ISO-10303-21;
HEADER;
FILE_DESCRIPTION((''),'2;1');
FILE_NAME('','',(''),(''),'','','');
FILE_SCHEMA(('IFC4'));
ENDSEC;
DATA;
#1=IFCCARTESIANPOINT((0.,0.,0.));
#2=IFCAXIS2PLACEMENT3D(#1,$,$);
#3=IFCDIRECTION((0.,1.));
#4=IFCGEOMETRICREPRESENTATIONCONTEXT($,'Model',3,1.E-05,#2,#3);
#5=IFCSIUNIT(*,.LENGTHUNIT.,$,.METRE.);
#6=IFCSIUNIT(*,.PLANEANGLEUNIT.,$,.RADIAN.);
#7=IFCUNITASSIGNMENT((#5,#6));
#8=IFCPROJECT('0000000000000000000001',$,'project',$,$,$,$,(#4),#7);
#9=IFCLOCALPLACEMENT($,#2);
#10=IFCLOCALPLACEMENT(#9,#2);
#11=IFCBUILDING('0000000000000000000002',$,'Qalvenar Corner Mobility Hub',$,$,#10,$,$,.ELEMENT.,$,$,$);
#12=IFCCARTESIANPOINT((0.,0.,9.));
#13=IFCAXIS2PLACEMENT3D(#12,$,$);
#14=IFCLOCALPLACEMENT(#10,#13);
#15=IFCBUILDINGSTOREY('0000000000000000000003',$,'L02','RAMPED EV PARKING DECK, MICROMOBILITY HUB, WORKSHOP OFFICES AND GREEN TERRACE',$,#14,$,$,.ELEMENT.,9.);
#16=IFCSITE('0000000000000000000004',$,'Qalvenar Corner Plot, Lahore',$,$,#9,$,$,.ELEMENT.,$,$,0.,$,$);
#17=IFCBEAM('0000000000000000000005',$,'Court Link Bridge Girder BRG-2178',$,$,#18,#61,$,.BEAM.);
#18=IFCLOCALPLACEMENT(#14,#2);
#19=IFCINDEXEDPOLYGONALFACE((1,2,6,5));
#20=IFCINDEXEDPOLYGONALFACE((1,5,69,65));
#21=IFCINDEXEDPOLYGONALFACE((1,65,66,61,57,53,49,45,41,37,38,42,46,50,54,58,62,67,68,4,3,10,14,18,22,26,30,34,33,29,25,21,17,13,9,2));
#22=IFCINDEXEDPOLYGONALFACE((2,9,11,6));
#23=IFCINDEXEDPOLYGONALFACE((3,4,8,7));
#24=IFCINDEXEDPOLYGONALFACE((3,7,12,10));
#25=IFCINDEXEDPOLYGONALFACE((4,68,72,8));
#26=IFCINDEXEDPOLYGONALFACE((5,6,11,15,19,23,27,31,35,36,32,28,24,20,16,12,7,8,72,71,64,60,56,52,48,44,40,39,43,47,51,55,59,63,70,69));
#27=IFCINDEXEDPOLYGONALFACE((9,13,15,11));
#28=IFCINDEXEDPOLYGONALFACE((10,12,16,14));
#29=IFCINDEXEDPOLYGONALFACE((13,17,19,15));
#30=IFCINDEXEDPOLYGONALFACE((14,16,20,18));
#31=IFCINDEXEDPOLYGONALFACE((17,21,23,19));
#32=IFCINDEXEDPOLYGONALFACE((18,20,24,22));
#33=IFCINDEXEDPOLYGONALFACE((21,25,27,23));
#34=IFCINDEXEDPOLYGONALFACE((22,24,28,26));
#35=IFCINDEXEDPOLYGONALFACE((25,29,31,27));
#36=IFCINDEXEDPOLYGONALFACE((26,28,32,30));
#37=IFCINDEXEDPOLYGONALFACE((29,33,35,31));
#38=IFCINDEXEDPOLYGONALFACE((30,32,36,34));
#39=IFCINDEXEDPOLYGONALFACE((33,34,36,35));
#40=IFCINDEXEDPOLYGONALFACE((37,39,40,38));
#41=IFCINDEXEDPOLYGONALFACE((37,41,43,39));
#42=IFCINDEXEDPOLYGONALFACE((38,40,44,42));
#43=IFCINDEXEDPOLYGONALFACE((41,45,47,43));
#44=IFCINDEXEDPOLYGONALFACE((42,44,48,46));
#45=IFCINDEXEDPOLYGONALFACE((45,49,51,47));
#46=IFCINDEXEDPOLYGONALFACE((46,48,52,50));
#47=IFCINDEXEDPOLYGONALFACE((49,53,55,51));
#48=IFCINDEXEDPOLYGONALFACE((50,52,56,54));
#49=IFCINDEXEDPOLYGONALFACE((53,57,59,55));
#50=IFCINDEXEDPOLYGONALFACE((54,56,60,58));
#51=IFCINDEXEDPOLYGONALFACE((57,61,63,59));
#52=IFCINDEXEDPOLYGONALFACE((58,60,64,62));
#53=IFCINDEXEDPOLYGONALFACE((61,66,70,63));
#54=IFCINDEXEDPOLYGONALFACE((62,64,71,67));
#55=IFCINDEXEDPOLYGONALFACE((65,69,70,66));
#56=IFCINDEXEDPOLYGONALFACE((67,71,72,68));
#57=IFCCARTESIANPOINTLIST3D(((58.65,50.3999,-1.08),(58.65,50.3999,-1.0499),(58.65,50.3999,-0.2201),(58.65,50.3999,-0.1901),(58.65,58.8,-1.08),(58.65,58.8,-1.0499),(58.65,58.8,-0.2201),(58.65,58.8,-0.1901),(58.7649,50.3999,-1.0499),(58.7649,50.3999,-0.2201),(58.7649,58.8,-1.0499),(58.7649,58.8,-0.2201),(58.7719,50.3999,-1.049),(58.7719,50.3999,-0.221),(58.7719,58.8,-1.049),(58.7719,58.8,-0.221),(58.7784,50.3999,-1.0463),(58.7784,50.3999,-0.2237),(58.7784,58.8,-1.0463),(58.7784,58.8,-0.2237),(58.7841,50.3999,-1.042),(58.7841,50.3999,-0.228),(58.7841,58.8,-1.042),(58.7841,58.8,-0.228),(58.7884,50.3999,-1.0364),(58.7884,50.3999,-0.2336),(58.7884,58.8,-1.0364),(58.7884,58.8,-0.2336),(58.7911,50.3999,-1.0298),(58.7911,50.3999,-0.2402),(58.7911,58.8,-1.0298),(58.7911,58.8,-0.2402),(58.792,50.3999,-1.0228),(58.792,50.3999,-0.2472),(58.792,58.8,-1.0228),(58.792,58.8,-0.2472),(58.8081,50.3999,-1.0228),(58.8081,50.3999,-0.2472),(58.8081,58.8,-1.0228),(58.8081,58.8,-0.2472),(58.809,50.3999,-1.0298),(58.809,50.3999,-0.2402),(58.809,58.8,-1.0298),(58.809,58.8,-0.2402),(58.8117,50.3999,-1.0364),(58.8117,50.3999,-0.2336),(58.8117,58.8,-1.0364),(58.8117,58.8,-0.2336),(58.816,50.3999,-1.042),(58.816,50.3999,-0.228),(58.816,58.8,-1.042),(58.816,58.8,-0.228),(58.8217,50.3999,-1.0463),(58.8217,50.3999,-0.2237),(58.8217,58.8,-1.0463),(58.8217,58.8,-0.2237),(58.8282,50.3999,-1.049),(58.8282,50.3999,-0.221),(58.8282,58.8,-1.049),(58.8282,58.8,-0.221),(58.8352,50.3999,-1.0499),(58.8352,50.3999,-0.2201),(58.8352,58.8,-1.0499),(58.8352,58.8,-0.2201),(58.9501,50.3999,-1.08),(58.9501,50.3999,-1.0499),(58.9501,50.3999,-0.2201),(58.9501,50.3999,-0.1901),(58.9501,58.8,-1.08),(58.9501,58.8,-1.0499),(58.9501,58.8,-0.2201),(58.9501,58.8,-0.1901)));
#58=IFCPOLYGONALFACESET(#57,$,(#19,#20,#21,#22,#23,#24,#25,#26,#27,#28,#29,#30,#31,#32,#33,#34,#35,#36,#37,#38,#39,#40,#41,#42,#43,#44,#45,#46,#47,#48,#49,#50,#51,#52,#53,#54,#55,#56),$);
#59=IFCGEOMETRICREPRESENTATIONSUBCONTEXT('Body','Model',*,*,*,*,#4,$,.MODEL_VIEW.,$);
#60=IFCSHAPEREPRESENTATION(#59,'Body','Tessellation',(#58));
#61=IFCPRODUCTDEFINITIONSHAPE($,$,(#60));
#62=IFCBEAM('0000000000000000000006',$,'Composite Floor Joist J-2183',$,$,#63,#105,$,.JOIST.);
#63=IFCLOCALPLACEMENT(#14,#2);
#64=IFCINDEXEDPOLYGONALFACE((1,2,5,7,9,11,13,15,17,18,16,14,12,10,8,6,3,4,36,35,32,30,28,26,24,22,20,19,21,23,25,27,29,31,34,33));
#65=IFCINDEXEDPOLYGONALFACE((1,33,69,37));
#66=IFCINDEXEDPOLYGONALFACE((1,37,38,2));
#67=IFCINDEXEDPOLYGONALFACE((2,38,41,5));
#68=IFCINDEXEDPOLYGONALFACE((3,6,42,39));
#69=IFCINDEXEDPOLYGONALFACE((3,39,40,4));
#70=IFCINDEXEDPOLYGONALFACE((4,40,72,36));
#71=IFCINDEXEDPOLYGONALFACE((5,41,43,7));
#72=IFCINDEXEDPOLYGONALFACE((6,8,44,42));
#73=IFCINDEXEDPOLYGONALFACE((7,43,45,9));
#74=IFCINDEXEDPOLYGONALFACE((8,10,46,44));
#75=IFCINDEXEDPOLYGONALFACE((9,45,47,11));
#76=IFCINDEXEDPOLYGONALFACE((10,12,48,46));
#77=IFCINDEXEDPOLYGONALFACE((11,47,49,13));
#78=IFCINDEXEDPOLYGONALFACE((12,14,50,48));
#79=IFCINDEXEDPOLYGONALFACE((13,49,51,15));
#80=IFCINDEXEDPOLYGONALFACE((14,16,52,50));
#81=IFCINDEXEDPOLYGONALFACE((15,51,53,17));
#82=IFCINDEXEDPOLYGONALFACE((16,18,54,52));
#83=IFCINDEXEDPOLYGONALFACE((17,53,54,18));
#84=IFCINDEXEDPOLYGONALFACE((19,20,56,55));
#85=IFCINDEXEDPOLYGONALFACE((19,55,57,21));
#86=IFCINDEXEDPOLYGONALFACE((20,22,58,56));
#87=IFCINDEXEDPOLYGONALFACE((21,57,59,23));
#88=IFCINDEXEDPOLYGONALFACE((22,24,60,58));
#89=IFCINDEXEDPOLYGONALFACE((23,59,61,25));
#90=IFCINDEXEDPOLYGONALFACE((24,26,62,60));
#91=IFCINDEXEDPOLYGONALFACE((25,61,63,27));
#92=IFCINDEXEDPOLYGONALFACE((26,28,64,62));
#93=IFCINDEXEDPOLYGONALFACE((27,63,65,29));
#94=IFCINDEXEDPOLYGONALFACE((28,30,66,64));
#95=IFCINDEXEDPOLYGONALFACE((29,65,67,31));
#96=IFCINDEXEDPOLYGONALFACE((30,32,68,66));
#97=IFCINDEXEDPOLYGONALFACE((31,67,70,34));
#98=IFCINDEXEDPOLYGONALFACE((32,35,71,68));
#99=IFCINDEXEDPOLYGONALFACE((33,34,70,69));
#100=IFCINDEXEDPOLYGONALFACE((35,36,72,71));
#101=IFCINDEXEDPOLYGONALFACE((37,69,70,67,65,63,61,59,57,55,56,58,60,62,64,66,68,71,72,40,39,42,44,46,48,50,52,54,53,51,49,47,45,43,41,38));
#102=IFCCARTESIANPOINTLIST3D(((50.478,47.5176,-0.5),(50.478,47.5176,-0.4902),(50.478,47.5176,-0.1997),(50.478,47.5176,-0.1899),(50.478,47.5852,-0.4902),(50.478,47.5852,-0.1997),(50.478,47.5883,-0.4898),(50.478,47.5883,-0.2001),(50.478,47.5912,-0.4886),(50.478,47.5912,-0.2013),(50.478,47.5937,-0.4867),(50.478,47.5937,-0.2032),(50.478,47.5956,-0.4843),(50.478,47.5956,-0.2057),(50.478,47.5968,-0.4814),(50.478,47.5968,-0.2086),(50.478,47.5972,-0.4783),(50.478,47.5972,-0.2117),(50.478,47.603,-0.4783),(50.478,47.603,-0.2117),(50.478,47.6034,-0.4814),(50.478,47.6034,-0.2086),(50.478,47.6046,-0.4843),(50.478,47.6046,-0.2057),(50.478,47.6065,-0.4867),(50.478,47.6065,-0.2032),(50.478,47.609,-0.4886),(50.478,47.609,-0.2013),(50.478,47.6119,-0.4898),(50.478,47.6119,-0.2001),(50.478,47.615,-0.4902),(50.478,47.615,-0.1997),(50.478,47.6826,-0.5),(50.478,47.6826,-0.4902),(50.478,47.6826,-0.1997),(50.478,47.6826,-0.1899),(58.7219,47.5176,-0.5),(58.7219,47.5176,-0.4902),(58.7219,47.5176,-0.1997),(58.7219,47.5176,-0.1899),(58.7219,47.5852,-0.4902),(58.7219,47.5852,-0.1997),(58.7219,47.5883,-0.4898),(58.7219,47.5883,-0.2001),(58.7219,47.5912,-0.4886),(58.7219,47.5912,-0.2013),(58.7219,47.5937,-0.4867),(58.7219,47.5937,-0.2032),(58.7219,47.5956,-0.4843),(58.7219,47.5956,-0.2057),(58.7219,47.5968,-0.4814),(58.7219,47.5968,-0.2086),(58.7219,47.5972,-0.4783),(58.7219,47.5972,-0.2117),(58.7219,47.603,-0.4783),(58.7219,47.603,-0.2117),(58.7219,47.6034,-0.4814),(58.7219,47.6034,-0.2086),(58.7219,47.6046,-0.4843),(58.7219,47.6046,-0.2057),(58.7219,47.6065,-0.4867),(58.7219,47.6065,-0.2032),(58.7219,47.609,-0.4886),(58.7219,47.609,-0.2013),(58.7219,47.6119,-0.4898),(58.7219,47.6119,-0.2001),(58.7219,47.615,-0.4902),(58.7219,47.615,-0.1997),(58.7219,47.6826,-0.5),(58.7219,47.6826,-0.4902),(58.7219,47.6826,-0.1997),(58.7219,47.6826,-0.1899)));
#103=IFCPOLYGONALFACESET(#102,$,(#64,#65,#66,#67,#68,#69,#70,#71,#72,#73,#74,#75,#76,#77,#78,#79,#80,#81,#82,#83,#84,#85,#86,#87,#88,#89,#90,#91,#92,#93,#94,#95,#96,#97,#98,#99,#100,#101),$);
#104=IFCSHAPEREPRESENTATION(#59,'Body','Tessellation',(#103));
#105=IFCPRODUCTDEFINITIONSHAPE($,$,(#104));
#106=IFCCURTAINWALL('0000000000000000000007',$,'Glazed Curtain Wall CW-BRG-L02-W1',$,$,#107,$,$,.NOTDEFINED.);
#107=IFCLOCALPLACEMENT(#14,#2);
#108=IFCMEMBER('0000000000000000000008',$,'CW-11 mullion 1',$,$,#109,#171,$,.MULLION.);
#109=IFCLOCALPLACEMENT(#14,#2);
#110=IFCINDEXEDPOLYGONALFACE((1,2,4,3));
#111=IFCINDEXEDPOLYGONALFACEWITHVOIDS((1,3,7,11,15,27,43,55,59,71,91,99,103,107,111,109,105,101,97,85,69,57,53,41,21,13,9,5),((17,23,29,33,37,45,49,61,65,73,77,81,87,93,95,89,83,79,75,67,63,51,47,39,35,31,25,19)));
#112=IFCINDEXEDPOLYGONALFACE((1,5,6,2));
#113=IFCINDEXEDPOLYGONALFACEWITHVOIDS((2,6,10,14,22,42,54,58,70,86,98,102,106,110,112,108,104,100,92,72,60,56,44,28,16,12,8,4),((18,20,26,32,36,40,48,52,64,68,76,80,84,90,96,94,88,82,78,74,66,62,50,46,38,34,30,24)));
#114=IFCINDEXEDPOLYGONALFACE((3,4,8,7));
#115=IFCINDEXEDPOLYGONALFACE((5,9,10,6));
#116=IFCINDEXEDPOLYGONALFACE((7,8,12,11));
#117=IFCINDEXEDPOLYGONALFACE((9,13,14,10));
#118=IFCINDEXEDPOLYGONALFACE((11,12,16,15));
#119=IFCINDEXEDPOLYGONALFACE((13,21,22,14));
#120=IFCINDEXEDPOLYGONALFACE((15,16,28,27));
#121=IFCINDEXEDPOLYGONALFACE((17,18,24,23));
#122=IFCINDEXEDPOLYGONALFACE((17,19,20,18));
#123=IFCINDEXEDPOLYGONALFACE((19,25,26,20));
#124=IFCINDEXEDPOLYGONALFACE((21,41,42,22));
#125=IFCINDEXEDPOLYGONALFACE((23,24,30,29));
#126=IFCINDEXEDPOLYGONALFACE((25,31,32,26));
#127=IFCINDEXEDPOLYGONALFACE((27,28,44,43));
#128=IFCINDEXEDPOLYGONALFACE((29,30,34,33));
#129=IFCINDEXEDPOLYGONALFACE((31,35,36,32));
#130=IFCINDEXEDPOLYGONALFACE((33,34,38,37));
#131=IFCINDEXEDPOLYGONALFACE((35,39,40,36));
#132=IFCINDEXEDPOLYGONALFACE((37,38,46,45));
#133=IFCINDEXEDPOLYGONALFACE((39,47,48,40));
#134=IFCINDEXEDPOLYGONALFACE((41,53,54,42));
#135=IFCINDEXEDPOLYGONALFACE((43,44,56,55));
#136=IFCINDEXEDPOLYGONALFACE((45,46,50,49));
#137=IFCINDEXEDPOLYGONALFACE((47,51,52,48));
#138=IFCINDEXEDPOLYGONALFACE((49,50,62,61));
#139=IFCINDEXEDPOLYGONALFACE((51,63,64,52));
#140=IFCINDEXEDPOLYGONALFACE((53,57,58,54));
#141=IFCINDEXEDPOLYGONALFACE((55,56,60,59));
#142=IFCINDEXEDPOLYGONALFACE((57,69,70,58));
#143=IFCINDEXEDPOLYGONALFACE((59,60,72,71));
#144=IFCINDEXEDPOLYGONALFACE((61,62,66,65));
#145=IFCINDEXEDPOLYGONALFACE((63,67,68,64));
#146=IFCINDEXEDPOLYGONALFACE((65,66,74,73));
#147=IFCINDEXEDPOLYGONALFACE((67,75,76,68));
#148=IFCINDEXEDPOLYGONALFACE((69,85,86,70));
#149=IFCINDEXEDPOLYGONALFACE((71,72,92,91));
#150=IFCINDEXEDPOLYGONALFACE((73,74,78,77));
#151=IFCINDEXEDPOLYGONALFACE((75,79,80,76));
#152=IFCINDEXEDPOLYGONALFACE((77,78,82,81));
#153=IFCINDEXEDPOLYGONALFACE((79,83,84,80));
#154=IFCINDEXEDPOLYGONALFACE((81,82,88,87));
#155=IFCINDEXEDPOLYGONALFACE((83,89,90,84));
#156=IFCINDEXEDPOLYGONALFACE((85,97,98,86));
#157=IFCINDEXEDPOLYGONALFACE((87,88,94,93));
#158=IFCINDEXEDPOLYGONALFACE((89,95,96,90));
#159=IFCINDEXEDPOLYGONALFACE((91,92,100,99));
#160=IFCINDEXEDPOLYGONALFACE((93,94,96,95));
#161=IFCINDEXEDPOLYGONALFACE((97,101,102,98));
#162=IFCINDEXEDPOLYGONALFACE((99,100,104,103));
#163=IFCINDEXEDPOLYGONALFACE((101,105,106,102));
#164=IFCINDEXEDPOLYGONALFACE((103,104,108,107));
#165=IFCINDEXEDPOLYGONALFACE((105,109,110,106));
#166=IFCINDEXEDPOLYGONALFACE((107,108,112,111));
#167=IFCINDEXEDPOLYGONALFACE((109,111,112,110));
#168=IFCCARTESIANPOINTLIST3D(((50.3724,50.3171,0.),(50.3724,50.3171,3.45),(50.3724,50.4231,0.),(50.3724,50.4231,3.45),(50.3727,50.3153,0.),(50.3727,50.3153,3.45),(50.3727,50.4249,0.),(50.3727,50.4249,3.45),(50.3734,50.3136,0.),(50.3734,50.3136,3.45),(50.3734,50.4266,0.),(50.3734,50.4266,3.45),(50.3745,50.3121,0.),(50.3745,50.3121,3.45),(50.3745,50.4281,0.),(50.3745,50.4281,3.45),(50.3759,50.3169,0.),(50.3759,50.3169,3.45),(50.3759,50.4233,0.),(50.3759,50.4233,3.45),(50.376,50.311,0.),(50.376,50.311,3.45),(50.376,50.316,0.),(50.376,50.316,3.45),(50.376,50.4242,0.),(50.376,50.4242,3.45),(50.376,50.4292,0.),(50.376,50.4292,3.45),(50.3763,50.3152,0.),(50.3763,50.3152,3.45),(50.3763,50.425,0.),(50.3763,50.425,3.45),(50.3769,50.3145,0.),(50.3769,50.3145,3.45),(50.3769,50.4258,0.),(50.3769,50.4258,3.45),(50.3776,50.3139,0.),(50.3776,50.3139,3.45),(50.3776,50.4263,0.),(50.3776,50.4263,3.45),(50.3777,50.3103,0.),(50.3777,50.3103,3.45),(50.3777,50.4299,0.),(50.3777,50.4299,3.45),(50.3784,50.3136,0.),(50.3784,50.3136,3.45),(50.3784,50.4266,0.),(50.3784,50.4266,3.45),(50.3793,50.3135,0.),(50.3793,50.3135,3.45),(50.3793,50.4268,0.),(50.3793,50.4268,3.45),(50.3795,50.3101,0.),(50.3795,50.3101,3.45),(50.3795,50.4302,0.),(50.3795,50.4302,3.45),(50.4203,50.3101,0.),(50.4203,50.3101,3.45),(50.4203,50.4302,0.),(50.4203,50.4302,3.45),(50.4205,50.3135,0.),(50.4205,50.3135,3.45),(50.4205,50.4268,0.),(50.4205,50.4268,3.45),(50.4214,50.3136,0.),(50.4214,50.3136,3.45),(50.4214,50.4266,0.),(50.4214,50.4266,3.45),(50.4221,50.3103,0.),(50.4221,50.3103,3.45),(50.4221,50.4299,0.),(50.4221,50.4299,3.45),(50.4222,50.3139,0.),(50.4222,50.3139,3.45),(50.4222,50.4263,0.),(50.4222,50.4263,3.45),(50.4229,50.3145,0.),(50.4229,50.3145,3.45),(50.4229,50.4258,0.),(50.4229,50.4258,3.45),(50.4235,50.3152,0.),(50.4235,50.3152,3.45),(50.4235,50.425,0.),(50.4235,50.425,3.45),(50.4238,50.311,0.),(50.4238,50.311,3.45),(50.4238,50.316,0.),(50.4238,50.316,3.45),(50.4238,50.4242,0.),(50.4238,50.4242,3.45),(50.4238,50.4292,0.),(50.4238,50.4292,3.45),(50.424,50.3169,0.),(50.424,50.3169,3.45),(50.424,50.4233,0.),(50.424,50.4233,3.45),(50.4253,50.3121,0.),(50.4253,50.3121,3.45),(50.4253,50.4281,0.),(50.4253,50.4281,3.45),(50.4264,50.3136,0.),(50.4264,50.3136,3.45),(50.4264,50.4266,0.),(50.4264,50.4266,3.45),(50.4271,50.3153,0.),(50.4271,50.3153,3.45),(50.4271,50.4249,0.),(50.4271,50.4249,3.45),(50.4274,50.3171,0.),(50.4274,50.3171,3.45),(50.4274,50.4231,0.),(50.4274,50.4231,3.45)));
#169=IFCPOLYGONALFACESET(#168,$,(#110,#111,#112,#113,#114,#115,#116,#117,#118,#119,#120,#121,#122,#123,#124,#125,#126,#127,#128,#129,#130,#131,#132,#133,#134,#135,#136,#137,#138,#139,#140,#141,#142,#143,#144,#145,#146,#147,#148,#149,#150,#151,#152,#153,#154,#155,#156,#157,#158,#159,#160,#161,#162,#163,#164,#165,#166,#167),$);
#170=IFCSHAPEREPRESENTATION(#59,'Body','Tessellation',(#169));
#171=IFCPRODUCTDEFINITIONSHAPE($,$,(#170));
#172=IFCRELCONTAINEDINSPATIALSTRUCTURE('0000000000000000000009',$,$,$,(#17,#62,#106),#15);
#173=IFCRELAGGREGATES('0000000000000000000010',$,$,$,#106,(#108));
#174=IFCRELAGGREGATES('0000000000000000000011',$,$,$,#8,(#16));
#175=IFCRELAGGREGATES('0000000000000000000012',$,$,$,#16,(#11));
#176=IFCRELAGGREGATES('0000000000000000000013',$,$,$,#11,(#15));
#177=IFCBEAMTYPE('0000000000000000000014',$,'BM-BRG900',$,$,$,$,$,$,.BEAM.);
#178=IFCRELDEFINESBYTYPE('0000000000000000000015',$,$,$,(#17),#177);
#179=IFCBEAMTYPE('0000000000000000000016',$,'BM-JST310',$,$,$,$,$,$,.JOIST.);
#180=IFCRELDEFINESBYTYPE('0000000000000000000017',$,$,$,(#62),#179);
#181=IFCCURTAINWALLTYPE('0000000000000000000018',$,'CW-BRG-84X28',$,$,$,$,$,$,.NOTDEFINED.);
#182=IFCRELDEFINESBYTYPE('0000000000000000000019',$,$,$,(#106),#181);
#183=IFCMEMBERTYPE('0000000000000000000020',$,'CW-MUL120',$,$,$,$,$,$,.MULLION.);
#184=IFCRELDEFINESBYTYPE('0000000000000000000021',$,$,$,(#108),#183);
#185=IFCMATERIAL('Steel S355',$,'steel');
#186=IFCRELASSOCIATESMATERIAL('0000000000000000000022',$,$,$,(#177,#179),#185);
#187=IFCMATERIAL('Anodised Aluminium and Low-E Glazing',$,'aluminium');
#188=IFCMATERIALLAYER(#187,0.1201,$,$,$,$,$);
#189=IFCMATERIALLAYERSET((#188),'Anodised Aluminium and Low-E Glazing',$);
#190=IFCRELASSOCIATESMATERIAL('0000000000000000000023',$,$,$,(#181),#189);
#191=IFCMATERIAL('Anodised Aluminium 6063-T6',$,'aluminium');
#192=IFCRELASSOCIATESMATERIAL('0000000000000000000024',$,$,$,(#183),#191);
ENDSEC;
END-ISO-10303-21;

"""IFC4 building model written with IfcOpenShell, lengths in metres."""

from ifc_helpers import new_model, si_unit, direction, frame, origin, origin_2d, place, context, subcontext, project, spatial, hollow_rectangle, i_section, extrude, material, layer, layer_set, material_profile, profile_set, type_object, element, aggregate, save


model = new_model("IFC4")

# Units and contexts
model_context = context("Model", 3, precision=1e-05, world=origin(), true_north=direction((0.0, 1.0)))
body_context = subcontext(model_context, "Body", "Model", "MODEL_VIEW")
ifc_project = project(units=[si_unit("LENGTHUNIT", "METRE"), si_unit("PLANEANGLEUNIT", "RADIAN")], contexts=[model_context])

# Site, building, storey
site_placement = place(None, origin())
site = spatial("IfcSite", under=ifc_project, at=site_placement, Name="Qalvenar Corner Plot, Lahore", CompositionType="ELEMENT", RefElevation=0.0)
building_placement = place(site_placement, origin())
building = spatial("IfcBuilding", under=site, at=building_placement, Name="Qalvenar Corner Mobility Hub", CompositionType="ELEMENT")
storey_placement = place(building_placement, frame((0.0, 0.0, 9.0)))
storey = spatial("IfcBuildingStorey", under=building, at=storey_placement, Name="L02", Description="RAMPED EV PARKING DECK, MICROMOBILITY HUB, WORKSHOP OFFICES AND GREEN TERRACE", CompositionType="ELEMENT", Elevation=9.0)

# Shared definitions
ifc_material_1 = material(Name="Steel S355", Category="steel")

# Beams
ifc_material_profile_1 = material_profile(ifc_material_1, i_section(OverallWidth=0.3, OverallDepth=0.8899, WebThickness=0.0161, FlangeThickness=0.03, FilletRadius=0.0271, at=origin_2d()), Name="HEA900")
ifc_profile_set_1 = profile_set([ifc_material_profile_1], Name="Steel S355")
beam_type_1 = type_object("IfcBeamType", Name="BM-BRG900", PredefinedType="BEAM", material=ifc_profile_set_1)
for number, where, z_axis, x_axis, name in (
    (1, (58.8, 50.3999, -0.635), (0.0, 1.0, 0.0), (-1.0, 0.0, 0.0), "Court Link Bridge Girder BRG-2178"),
):
    element("IfcBeam", number, at=place(storey_placement, frame(where, z_axis=z_axis, x_axis=x_axis)), inside=storey, type_object=beam_type_1, Name=name, PredefinedType="BEAM", context=body_context, shape_type="SweptSolid", body=[
        extrude(i_section(OverallWidth=0.3, OverallDepth=0.8899, WebThickness=0.0161, FlangeThickness=0.03, FilletRadius=0.0271, at=origin_2d()), origin(), (0.0, 0.0, 1.0), 8.4001),
    ])
ifc_material_profile_2 = material_profile(ifc_material_1, i_section(OverallWidth=0.165, OverallDepth=0.3101, WebThickness=0.0059, FlangeThickness=0.0098, FilletRadius=0.012, at=origin_2d()), Name="W310x38.7")
ifc_profile_set_2 = profile_set([ifc_material_profile_2], Name="Steel S355")
beam_type_2 = type_object("IfcBeamType", Name="BM-JST310", PredefinedType="JOIST", material=ifc_profile_set_2)
beam_placement = place(storey_placement, frame((50.478, 47.6001, -0.345), z_axis=(1.0, 0.0, 0.0), x_axis=(0.0, 1.0, 0.0)))
element("IfcBeam", 2, at=beam_placement, inside=storey, type_object=beam_type_2, Name="Composite Floor Joist J-2183", PredefinedType="JOIST", context=body_context, shape_type="SweptSolid", body=[
    extrude(i_section(OverallWidth=0.165, OverallDepth=0.3101, WebThickness=0.0059, FlangeThickness=0.0098, FilletRadius=0.012, at=origin_2d()), origin(), (0.0, 0.0, 1.0), 8.2439),
])

# Curtain wall, member
ifc_material_2 = material(Name="Anodised Aluminium and Low-E Glazing", Category="aluminium")
ifc_layer_1 = layer(ifc_material_2, 0.1201)
ifc_layer_set_1 = layer_set([ifc_layer_1], Name="Anodised Aluminium and Low-E Glazing")
curtain_wall_type = type_object("IfcCurtainWallType", Name="CW-BRG-84X28", PredefinedType="NOTDEFINED", material=ifc_layer_set_1)
curtain_wall_1_placement = place(storey_placement, origin())
curtain_wall_1 = element("IfcCurtainWall", 3, at=curtain_wall_1_placement, inside=storey, type_object=curtain_wall_type, Name="Glazed Curtain Wall CW-BRG-L02-W1", PredefinedType="NOTDEFINED")
ifc_material_3 = material(Name="Anodised Aluminium 6063-T6", Category="aluminium")
ifc_material_profile_3 = material_profile(ifc_material_3, hollow_rectangle(XDim=0.0549, YDim=0.1201, WallThickness=0.0034, InnerFilletRadius=0.0034, OuterFilletRadius=0.0071, at=origin_2d()), Name="RHS120x55x3.5")
ifc_profile_set_3 = profile_set([ifc_material_profile_3], Name="Anodised Aluminium 6063-T6")
member_type_1 = type_object("IfcMemberType", Name="CW-MUL120", PredefinedType="MULLION", material=ifc_profile_set_3)
member_1_placement = place(storey_placement, frame((50.3999, 50.3701, 0.0), z_axis=(0.0, 0.0, 1.0), x_axis=(1.0, 0.0, 0.0)))
member_1 = element("IfcMember", 4, at=member_1_placement, type_object=member_type_1, Name="CW-11 mullion 1", PredefinedType="MULLION", context=body_context, shape_type="SweptSolid", body=[
    extrude(hollow_rectangle(XDim=0.0549, YDim=0.1201, WallThickness=0.0034, InnerFilletRadius=0.0034, OuterFilletRadius=0.0071, at=origin_2d()), origin(), (0.0, 0.0, 1.0), 3.45),
])

aggregate(curtain_wall_1, [member_1])

save(model, "model.ifc")
